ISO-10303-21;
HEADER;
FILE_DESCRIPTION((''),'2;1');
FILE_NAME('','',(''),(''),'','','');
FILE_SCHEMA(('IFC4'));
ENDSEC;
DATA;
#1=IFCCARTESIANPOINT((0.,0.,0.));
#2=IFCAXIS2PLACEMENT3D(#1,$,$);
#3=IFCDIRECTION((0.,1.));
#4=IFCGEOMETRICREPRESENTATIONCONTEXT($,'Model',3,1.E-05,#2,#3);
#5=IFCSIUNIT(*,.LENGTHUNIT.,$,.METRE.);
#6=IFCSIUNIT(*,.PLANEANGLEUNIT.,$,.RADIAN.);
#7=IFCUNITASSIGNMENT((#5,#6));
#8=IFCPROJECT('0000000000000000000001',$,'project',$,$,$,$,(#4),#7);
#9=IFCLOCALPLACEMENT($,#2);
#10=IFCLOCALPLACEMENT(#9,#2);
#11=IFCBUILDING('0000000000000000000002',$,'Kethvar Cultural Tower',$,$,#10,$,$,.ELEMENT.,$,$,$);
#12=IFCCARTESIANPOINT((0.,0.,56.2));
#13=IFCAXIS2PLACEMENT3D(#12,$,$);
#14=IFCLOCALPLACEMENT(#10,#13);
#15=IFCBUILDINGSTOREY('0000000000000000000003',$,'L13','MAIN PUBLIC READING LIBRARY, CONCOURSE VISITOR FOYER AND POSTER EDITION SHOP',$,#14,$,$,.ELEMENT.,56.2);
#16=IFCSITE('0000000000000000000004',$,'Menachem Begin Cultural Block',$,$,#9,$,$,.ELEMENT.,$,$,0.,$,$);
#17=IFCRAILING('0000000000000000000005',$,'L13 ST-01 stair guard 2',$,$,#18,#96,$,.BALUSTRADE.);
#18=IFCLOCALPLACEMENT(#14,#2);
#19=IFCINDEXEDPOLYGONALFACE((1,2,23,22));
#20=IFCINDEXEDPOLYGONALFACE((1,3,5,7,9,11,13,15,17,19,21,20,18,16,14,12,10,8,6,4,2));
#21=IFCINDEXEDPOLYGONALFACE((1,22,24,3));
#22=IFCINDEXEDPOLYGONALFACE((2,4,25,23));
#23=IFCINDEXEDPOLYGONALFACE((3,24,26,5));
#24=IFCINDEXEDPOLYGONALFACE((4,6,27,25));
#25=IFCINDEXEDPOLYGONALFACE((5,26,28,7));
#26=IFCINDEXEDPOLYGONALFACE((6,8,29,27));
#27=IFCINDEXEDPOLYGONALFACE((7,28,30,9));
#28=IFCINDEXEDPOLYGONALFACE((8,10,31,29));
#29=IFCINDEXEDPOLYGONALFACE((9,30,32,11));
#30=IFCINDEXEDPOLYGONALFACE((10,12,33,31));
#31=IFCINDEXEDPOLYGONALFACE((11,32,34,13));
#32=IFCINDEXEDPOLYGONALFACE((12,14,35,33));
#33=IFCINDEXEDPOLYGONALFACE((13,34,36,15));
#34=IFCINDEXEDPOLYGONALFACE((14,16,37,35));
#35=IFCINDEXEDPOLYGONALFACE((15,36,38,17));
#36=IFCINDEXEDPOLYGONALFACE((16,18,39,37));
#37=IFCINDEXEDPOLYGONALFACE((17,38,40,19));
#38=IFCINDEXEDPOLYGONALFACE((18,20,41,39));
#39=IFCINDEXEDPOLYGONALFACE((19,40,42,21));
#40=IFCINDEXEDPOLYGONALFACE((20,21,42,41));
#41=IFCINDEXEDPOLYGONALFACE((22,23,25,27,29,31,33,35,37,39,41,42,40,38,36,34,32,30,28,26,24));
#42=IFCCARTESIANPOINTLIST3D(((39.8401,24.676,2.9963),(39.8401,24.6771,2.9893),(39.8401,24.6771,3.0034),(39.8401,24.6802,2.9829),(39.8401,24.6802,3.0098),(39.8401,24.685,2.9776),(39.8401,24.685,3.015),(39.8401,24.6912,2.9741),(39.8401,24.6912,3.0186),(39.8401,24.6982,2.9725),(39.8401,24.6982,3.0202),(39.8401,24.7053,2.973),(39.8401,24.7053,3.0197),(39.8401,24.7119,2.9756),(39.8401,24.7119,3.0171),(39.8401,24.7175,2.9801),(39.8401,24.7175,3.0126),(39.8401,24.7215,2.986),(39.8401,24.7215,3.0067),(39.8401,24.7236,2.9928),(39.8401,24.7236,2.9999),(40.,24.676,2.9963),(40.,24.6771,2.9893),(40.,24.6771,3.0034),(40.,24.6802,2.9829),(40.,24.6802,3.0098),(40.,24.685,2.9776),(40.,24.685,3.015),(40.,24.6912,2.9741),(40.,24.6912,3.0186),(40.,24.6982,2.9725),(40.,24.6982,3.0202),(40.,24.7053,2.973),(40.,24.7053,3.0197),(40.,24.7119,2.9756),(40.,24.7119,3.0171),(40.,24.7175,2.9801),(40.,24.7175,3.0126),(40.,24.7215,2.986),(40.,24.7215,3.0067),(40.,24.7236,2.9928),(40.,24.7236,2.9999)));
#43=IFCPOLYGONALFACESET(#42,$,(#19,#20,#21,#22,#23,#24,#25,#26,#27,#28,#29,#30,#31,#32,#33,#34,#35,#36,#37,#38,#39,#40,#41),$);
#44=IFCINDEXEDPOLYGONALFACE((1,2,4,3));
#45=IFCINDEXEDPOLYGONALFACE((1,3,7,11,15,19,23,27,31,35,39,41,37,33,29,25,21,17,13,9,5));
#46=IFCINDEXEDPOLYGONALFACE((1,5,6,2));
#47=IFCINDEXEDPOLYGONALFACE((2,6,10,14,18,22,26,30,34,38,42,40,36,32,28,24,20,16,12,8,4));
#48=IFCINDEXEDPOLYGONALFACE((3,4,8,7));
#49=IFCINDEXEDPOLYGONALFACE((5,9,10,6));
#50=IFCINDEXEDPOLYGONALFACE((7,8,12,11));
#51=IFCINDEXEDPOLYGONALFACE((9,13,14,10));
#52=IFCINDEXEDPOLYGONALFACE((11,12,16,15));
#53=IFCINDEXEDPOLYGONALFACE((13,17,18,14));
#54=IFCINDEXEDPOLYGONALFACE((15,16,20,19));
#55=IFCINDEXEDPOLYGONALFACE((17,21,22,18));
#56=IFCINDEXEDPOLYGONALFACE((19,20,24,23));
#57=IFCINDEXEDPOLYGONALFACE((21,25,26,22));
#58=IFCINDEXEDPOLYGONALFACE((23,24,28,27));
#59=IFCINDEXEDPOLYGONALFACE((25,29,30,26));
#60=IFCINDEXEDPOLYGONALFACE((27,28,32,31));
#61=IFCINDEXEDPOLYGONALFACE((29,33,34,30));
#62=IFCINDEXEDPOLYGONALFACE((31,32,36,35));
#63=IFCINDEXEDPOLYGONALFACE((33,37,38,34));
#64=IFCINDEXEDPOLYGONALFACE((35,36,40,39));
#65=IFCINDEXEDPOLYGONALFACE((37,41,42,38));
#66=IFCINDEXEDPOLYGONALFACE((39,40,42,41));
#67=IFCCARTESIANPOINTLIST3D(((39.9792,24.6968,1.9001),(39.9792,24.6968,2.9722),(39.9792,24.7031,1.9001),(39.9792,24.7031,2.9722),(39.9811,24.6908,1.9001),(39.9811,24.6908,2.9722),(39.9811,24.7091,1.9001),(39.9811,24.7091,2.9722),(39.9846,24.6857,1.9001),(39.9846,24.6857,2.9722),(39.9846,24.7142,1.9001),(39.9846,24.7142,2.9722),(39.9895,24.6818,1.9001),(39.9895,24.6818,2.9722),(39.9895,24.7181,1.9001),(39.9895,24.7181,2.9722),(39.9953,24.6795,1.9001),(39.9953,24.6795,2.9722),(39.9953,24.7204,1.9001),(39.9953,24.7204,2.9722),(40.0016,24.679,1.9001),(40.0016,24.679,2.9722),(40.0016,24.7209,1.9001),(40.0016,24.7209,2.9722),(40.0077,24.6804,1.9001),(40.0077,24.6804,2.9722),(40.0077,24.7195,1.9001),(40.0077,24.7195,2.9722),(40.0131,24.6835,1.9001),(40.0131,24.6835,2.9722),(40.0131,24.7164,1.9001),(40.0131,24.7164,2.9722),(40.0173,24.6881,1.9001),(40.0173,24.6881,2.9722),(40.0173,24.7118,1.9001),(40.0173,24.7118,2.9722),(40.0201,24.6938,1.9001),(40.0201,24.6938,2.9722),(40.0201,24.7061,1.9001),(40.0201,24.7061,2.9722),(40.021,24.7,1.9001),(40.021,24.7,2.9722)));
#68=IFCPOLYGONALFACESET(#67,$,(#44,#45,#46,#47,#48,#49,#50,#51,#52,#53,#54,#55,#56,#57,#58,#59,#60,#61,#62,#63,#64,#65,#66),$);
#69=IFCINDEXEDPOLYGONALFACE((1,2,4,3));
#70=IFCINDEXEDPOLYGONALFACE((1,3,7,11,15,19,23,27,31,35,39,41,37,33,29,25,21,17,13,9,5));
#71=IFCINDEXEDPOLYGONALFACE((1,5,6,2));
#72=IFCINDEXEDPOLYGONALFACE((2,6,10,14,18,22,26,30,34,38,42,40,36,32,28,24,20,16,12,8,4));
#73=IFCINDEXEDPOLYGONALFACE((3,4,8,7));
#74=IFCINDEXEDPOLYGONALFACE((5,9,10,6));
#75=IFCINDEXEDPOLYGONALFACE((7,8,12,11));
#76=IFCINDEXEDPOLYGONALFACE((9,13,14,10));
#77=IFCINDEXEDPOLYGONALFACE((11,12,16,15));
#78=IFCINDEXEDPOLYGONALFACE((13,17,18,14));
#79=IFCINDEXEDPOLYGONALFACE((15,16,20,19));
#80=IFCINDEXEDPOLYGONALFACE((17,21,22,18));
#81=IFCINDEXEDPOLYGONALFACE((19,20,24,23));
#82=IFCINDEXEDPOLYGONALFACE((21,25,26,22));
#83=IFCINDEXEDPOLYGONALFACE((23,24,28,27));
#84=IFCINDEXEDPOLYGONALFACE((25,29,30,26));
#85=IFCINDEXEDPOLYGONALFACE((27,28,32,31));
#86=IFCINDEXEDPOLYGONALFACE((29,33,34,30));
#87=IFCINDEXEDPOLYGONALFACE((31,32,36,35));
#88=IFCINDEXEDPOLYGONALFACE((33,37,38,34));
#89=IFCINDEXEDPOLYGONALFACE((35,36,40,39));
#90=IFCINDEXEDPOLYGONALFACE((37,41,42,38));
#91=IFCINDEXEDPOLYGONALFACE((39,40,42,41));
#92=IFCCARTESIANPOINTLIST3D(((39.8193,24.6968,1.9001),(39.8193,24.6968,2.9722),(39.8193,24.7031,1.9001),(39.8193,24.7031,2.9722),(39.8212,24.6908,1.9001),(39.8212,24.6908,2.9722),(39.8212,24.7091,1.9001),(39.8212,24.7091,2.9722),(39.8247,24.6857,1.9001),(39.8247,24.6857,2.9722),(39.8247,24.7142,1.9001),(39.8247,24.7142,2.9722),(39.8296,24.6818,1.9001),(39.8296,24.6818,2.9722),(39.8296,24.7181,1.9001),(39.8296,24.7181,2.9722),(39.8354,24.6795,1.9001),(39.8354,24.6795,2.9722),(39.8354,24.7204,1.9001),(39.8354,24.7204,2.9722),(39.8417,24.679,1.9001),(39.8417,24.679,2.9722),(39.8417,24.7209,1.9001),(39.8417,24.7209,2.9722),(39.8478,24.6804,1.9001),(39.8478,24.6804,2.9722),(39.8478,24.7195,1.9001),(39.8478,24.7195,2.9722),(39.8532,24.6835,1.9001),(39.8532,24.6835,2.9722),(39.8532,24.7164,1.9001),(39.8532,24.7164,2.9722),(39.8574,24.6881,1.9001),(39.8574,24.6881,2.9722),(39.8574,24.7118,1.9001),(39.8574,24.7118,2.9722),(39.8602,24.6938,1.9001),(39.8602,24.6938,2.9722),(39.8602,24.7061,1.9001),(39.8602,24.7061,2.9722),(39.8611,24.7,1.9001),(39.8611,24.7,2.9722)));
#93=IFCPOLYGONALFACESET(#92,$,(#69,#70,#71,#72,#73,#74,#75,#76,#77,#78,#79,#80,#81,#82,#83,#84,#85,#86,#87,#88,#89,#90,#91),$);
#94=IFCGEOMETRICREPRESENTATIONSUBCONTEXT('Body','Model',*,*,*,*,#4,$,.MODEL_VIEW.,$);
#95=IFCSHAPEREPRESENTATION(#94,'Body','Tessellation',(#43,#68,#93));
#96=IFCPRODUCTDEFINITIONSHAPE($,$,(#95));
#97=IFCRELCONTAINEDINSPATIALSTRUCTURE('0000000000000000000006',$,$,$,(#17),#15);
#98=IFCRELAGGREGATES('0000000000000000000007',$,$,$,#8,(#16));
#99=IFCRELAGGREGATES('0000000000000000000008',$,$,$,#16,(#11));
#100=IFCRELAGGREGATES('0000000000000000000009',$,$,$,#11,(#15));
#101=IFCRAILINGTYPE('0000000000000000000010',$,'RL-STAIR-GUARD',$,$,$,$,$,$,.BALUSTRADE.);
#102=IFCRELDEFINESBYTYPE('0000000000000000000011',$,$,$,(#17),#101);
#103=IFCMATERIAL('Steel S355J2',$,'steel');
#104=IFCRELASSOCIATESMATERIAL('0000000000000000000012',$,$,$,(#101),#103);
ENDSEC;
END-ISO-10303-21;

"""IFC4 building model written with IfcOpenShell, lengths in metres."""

from ifc_helpers import new_model, si_unit, direction, frame, origin, origin_2d, place, context, subcontext, project, spatial, circle, extrude, material, type_object, element, save


model = new_model("IFC4")

# Units and contexts
model_context = context("Model", 3, precision=1e-05, world=origin(), true_north=direction((0.0, 1.0)))
body_context = subcontext(model_context, "Body", "Model", "MODEL_VIEW")
ifc_project = project(units=[si_unit("LENGTHUNIT", "METRE"), si_unit("PLANEANGLEUNIT", "RADIAN")], contexts=[model_context])

# Site, building, storey
site_placement = place(None, origin())
site = spatial("IfcSite", under=ifc_project, at=site_placement, Name="Menachem Begin Cultural Block", CompositionType="ELEMENT", RefElevation=0.0)
building_placement = place(site_placement, origin())
building = spatial("IfcBuilding", under=site, at=building_placement, Name="Kethvar Cultural Tower", CompositionType="ELEMENT")
storey_placement = place(building_placement, frame((0.0, 0.0, 56.2)))
storey = spatial("IfcBuildingStorey", under=building, at=storey_placement, Name="L13", Description="MAIN PUBLIC READING LIBRARY, CONCOURSE VISITOR FOYER AND POSTER EDITION SHOP", CompositionType="ELEMENT", Elevation=56.2)

# Shared definitions
ifc_material_1 = material(Name="Steel S355J2", Category="steel")

# Railing
railing_type_1 = type_object("IfcRailingType", Name="RL-STAIR-GUARD", PredefinedType="BALUSTRADE", material=ifc_material_1)
railing_1_placement = place(storey_placement, frame((40.0, 24.7, 1.9001)))
element("IfcRailing", 1, at=railing_1_placement, inside=storey, type_object=railing_type_1, Name="L13 ST-01 stair guard 2", PredefinedType="BALUSTRADE", context=body_context, shape_type="SweptSolid", body=[
    extrude(circle(Radius=0.0239, at=origin_2d()), frame((0.0, 0.0, 1.0962), z_axis=(-1.0, 0.0, 0.0), x_axis=(0.0, -1.0, 0.0)), (0.0, 0.0, 1.0), 0.1599),
    extrude(circle(Radius=0.021, at=origin_2d()), origin(), (0.0, 0.0, 1.0), 1.072),
    extrude(circle(Radius=0.021, at=origin_2d()), frame((-0.1599, 0.0, 0.0)), (0.0, 0.0, 1.0), 1.072),
])

save(model, "model.ifc")
